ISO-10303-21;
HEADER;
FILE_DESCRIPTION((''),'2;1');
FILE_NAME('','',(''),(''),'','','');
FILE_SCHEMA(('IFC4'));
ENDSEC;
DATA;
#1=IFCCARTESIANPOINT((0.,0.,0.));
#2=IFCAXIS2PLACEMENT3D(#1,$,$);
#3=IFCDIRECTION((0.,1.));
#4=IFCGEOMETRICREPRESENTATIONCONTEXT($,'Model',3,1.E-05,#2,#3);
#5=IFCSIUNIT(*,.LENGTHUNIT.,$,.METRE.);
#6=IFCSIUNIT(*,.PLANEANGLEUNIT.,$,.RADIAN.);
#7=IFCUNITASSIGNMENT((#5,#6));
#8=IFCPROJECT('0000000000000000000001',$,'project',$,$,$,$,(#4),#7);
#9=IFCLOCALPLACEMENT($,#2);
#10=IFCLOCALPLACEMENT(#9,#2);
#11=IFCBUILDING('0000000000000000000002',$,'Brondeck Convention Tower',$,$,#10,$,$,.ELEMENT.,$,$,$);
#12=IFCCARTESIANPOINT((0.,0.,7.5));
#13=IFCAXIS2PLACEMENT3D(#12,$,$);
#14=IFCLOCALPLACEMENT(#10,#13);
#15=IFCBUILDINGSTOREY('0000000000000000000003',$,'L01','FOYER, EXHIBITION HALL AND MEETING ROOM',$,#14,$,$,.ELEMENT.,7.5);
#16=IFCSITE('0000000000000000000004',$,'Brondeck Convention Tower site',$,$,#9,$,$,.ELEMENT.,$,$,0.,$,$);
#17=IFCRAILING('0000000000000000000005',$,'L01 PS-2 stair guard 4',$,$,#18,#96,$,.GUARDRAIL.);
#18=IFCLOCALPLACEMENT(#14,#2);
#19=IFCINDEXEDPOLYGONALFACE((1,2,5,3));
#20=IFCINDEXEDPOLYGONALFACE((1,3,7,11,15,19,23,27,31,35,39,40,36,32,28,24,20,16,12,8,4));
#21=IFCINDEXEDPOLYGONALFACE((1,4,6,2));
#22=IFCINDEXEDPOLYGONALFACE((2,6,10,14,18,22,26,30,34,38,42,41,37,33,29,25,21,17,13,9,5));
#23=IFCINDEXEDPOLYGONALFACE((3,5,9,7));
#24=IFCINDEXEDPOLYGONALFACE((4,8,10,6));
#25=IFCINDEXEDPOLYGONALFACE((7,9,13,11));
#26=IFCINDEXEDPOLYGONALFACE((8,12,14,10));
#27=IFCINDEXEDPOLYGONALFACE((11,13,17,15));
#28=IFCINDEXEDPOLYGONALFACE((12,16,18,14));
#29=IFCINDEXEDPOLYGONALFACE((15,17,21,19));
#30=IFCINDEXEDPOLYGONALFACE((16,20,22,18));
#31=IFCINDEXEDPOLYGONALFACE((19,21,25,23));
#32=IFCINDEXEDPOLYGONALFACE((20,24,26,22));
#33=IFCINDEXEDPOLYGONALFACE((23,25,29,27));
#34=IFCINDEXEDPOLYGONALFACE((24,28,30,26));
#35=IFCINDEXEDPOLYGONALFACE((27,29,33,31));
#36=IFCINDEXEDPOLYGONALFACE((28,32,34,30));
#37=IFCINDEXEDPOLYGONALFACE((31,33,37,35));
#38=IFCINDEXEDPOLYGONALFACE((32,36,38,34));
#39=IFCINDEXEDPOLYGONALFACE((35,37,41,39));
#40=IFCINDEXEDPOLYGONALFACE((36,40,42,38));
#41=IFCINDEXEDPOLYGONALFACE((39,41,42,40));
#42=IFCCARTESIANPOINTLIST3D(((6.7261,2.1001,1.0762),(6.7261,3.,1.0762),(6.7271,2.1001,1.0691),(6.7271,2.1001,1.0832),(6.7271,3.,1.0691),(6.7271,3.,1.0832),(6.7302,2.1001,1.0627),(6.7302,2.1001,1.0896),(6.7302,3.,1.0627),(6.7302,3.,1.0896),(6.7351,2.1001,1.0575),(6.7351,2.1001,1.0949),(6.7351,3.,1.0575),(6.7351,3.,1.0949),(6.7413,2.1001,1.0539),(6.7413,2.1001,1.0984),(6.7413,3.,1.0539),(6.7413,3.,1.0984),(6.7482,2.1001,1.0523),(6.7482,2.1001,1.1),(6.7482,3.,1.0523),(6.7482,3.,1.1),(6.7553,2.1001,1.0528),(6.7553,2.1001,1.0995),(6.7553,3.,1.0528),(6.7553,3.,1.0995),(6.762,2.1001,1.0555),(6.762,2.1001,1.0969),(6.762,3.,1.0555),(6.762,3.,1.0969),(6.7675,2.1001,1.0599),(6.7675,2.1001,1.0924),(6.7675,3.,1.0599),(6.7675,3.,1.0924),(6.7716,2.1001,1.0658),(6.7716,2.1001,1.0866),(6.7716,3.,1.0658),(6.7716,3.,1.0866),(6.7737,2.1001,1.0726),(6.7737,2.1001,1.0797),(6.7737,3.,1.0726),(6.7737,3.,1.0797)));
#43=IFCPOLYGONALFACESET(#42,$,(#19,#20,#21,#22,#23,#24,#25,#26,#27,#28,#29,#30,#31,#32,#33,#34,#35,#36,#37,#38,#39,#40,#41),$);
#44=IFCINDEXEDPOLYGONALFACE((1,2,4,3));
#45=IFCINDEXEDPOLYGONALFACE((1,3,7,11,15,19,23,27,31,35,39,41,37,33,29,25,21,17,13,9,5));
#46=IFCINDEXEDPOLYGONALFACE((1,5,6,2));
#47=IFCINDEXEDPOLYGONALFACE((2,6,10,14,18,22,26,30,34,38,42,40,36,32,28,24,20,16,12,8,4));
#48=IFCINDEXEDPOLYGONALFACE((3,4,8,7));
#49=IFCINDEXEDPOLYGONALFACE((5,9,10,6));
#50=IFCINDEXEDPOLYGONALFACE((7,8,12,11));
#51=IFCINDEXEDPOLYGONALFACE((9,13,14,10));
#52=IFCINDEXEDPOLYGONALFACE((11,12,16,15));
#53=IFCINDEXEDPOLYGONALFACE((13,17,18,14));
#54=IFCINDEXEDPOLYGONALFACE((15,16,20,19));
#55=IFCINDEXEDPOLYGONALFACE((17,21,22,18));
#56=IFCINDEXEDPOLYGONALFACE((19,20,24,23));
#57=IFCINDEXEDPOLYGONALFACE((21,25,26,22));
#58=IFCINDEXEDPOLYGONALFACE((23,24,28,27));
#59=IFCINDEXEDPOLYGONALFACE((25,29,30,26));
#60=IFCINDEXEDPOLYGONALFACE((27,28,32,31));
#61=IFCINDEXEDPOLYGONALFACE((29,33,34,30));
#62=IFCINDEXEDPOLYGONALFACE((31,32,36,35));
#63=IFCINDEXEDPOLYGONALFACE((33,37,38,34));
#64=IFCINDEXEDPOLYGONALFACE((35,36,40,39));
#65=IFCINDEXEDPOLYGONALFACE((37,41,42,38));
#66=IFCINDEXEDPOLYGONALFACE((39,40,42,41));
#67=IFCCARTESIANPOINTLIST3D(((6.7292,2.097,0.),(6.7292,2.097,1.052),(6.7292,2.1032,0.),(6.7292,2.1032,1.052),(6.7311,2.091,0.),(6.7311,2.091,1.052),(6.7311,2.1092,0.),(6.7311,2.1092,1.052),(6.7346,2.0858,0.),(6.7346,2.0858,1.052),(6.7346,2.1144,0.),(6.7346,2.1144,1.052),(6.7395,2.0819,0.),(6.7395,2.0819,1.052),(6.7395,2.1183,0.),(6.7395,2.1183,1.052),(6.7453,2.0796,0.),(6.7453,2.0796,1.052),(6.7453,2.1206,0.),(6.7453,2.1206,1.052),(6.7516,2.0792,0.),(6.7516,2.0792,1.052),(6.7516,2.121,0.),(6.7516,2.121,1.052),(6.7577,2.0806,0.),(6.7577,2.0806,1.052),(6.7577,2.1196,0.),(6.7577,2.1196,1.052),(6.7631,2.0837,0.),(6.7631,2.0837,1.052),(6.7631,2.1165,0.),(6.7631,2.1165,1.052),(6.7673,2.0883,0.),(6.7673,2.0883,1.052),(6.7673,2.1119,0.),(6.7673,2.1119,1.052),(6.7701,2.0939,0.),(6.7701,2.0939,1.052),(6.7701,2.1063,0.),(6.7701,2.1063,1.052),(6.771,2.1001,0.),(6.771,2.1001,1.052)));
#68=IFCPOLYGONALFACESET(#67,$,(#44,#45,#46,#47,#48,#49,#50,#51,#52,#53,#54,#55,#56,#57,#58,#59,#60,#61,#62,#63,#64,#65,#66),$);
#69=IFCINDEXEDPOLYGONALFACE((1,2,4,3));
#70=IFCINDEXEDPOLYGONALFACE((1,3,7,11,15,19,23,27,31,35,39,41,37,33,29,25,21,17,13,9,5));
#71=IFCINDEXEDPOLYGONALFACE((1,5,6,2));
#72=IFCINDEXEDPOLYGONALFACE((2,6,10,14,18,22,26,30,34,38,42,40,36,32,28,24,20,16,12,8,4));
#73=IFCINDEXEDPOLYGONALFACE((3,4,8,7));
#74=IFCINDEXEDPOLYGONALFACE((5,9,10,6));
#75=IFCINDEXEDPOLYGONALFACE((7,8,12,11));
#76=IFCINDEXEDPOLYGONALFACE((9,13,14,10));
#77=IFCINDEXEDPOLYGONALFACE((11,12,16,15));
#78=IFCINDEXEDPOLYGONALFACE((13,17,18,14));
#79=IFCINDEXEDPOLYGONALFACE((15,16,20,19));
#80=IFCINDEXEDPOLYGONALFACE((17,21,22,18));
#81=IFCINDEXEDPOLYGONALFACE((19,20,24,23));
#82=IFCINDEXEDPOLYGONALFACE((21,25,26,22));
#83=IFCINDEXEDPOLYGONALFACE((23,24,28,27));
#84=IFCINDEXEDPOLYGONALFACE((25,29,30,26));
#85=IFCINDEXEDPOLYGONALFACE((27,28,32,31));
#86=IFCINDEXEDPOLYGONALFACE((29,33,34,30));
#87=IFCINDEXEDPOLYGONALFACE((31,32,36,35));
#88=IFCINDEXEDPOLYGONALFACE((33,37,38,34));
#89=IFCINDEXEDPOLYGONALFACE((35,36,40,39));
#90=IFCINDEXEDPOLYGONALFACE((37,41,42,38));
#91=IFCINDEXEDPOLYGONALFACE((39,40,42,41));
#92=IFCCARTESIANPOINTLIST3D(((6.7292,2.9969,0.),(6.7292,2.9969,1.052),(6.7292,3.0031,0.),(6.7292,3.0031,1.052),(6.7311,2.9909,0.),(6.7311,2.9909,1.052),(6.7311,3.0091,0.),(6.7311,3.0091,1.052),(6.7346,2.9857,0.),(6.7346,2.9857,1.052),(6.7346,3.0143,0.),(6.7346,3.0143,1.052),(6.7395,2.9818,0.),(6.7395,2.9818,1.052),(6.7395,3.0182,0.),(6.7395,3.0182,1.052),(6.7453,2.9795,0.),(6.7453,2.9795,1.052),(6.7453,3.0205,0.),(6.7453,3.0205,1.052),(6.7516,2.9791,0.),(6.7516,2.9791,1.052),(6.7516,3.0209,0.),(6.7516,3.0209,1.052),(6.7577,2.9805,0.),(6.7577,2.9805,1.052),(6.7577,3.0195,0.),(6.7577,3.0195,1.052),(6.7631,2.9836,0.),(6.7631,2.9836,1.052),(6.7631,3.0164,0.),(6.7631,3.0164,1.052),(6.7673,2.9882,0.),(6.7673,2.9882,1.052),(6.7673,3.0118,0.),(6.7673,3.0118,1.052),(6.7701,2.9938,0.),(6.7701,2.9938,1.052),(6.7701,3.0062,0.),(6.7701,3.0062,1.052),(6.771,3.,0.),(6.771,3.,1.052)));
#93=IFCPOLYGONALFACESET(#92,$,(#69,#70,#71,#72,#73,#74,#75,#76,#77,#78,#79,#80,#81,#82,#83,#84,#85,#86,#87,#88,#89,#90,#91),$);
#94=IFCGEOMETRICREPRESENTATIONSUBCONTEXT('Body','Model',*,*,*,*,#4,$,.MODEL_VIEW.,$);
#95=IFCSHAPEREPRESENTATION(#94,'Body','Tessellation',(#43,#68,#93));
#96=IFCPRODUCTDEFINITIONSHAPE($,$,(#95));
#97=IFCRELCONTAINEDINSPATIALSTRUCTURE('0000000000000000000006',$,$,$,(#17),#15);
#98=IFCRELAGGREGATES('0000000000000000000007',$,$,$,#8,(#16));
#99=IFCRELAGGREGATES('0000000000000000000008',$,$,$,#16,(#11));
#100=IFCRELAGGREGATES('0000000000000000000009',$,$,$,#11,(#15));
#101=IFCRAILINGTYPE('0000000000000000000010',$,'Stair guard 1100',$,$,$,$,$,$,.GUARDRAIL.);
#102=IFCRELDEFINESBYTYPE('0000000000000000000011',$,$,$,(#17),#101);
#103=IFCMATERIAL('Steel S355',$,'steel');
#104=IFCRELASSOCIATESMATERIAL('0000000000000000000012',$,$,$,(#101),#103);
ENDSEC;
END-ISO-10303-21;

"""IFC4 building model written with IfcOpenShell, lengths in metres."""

from ifc_helpers import new_model, si_unit, direction, frame, origin, origin_2d, place, context, subcontext, project, spatial, circle, extrude, material, type_object, element, save


model = new_model("IFC4")

# Units and contexts
model_context = context("Model", 3, precision=1e-05, world=origin(), true_north=direction((0.0, 1.0)))
body_context = subcontext(model_context, "Body", "Model", "MODEL_VIEW")
ifc_project = project(units=[si_unit("LENGTHUNIT", "METRE"), si_unit("PLANEANGLEUNIT", "RADIAN")], contexts=[model_context])

# Site, building, storey
site_placement = place(None, origin())
site = spatial("IfcSite", under=ifc_project, at=site_placement, Name="Brondeck Convention Tower site", CompositionType="ELEMENT", RefElevation=0.0)
building_placement = place(site_placement, origin())
building = spatial("IfcBuilding", under=site, at=building_placement, Name="Brondeck Convention Tower", CompositionType="ELEMENT")
storey_placement = place(building_placement, frame((0.0, 0.0, 7.5)))
storey = spatial("IfcBuildingStorey", under=building, at=storey_placement, Name="L01", Description="FOYER, EXHIBITION HALL AND MEETING ROOM", CompositionType="ELEMENT", Elevation=7.5)

# Railing
ifc_material_1 = material(Name="Steel S355", Category="steel")
railing_type_1 = type_object("IfcRailingType", Name="Stair guard 1100", PredefinedType="GUARDRAIL", material=ifc_material_1)
railing_1_placement = place(storey_placement, frame((6.75, 2.1001, 0.0)))
element("IfcRailing", 1, at=railing_1_placement, inside=storey, type_object=railing_type_1, Name="L01 PS-2 stair guard 4", PredefinedType="GUARDRAIL", context=body_context, shape_type="SweptSolid", body=[
    extrude(circle(Radius=0.0239, at=origin_2d()), frame((0.0, 0.0, 1.0762), z_axis=(0.0, 1.0, 0.0), x_axis=(-1.0, 0.0, 0.0)), (0.0, 0.0, 1.0), 0.8999),
    extrude(circle(Radius=0.021, at=origin_2d()), origin(), (0.0, 0.0, 1.0), 1.052),
    extrude(circle(Radius=0.021, at=origin_2d()), frame((0.0, 0.8999, 0.0)), (0.0, 0.0, 1.0), 1.052),
])

save(model, "model.ifc")
